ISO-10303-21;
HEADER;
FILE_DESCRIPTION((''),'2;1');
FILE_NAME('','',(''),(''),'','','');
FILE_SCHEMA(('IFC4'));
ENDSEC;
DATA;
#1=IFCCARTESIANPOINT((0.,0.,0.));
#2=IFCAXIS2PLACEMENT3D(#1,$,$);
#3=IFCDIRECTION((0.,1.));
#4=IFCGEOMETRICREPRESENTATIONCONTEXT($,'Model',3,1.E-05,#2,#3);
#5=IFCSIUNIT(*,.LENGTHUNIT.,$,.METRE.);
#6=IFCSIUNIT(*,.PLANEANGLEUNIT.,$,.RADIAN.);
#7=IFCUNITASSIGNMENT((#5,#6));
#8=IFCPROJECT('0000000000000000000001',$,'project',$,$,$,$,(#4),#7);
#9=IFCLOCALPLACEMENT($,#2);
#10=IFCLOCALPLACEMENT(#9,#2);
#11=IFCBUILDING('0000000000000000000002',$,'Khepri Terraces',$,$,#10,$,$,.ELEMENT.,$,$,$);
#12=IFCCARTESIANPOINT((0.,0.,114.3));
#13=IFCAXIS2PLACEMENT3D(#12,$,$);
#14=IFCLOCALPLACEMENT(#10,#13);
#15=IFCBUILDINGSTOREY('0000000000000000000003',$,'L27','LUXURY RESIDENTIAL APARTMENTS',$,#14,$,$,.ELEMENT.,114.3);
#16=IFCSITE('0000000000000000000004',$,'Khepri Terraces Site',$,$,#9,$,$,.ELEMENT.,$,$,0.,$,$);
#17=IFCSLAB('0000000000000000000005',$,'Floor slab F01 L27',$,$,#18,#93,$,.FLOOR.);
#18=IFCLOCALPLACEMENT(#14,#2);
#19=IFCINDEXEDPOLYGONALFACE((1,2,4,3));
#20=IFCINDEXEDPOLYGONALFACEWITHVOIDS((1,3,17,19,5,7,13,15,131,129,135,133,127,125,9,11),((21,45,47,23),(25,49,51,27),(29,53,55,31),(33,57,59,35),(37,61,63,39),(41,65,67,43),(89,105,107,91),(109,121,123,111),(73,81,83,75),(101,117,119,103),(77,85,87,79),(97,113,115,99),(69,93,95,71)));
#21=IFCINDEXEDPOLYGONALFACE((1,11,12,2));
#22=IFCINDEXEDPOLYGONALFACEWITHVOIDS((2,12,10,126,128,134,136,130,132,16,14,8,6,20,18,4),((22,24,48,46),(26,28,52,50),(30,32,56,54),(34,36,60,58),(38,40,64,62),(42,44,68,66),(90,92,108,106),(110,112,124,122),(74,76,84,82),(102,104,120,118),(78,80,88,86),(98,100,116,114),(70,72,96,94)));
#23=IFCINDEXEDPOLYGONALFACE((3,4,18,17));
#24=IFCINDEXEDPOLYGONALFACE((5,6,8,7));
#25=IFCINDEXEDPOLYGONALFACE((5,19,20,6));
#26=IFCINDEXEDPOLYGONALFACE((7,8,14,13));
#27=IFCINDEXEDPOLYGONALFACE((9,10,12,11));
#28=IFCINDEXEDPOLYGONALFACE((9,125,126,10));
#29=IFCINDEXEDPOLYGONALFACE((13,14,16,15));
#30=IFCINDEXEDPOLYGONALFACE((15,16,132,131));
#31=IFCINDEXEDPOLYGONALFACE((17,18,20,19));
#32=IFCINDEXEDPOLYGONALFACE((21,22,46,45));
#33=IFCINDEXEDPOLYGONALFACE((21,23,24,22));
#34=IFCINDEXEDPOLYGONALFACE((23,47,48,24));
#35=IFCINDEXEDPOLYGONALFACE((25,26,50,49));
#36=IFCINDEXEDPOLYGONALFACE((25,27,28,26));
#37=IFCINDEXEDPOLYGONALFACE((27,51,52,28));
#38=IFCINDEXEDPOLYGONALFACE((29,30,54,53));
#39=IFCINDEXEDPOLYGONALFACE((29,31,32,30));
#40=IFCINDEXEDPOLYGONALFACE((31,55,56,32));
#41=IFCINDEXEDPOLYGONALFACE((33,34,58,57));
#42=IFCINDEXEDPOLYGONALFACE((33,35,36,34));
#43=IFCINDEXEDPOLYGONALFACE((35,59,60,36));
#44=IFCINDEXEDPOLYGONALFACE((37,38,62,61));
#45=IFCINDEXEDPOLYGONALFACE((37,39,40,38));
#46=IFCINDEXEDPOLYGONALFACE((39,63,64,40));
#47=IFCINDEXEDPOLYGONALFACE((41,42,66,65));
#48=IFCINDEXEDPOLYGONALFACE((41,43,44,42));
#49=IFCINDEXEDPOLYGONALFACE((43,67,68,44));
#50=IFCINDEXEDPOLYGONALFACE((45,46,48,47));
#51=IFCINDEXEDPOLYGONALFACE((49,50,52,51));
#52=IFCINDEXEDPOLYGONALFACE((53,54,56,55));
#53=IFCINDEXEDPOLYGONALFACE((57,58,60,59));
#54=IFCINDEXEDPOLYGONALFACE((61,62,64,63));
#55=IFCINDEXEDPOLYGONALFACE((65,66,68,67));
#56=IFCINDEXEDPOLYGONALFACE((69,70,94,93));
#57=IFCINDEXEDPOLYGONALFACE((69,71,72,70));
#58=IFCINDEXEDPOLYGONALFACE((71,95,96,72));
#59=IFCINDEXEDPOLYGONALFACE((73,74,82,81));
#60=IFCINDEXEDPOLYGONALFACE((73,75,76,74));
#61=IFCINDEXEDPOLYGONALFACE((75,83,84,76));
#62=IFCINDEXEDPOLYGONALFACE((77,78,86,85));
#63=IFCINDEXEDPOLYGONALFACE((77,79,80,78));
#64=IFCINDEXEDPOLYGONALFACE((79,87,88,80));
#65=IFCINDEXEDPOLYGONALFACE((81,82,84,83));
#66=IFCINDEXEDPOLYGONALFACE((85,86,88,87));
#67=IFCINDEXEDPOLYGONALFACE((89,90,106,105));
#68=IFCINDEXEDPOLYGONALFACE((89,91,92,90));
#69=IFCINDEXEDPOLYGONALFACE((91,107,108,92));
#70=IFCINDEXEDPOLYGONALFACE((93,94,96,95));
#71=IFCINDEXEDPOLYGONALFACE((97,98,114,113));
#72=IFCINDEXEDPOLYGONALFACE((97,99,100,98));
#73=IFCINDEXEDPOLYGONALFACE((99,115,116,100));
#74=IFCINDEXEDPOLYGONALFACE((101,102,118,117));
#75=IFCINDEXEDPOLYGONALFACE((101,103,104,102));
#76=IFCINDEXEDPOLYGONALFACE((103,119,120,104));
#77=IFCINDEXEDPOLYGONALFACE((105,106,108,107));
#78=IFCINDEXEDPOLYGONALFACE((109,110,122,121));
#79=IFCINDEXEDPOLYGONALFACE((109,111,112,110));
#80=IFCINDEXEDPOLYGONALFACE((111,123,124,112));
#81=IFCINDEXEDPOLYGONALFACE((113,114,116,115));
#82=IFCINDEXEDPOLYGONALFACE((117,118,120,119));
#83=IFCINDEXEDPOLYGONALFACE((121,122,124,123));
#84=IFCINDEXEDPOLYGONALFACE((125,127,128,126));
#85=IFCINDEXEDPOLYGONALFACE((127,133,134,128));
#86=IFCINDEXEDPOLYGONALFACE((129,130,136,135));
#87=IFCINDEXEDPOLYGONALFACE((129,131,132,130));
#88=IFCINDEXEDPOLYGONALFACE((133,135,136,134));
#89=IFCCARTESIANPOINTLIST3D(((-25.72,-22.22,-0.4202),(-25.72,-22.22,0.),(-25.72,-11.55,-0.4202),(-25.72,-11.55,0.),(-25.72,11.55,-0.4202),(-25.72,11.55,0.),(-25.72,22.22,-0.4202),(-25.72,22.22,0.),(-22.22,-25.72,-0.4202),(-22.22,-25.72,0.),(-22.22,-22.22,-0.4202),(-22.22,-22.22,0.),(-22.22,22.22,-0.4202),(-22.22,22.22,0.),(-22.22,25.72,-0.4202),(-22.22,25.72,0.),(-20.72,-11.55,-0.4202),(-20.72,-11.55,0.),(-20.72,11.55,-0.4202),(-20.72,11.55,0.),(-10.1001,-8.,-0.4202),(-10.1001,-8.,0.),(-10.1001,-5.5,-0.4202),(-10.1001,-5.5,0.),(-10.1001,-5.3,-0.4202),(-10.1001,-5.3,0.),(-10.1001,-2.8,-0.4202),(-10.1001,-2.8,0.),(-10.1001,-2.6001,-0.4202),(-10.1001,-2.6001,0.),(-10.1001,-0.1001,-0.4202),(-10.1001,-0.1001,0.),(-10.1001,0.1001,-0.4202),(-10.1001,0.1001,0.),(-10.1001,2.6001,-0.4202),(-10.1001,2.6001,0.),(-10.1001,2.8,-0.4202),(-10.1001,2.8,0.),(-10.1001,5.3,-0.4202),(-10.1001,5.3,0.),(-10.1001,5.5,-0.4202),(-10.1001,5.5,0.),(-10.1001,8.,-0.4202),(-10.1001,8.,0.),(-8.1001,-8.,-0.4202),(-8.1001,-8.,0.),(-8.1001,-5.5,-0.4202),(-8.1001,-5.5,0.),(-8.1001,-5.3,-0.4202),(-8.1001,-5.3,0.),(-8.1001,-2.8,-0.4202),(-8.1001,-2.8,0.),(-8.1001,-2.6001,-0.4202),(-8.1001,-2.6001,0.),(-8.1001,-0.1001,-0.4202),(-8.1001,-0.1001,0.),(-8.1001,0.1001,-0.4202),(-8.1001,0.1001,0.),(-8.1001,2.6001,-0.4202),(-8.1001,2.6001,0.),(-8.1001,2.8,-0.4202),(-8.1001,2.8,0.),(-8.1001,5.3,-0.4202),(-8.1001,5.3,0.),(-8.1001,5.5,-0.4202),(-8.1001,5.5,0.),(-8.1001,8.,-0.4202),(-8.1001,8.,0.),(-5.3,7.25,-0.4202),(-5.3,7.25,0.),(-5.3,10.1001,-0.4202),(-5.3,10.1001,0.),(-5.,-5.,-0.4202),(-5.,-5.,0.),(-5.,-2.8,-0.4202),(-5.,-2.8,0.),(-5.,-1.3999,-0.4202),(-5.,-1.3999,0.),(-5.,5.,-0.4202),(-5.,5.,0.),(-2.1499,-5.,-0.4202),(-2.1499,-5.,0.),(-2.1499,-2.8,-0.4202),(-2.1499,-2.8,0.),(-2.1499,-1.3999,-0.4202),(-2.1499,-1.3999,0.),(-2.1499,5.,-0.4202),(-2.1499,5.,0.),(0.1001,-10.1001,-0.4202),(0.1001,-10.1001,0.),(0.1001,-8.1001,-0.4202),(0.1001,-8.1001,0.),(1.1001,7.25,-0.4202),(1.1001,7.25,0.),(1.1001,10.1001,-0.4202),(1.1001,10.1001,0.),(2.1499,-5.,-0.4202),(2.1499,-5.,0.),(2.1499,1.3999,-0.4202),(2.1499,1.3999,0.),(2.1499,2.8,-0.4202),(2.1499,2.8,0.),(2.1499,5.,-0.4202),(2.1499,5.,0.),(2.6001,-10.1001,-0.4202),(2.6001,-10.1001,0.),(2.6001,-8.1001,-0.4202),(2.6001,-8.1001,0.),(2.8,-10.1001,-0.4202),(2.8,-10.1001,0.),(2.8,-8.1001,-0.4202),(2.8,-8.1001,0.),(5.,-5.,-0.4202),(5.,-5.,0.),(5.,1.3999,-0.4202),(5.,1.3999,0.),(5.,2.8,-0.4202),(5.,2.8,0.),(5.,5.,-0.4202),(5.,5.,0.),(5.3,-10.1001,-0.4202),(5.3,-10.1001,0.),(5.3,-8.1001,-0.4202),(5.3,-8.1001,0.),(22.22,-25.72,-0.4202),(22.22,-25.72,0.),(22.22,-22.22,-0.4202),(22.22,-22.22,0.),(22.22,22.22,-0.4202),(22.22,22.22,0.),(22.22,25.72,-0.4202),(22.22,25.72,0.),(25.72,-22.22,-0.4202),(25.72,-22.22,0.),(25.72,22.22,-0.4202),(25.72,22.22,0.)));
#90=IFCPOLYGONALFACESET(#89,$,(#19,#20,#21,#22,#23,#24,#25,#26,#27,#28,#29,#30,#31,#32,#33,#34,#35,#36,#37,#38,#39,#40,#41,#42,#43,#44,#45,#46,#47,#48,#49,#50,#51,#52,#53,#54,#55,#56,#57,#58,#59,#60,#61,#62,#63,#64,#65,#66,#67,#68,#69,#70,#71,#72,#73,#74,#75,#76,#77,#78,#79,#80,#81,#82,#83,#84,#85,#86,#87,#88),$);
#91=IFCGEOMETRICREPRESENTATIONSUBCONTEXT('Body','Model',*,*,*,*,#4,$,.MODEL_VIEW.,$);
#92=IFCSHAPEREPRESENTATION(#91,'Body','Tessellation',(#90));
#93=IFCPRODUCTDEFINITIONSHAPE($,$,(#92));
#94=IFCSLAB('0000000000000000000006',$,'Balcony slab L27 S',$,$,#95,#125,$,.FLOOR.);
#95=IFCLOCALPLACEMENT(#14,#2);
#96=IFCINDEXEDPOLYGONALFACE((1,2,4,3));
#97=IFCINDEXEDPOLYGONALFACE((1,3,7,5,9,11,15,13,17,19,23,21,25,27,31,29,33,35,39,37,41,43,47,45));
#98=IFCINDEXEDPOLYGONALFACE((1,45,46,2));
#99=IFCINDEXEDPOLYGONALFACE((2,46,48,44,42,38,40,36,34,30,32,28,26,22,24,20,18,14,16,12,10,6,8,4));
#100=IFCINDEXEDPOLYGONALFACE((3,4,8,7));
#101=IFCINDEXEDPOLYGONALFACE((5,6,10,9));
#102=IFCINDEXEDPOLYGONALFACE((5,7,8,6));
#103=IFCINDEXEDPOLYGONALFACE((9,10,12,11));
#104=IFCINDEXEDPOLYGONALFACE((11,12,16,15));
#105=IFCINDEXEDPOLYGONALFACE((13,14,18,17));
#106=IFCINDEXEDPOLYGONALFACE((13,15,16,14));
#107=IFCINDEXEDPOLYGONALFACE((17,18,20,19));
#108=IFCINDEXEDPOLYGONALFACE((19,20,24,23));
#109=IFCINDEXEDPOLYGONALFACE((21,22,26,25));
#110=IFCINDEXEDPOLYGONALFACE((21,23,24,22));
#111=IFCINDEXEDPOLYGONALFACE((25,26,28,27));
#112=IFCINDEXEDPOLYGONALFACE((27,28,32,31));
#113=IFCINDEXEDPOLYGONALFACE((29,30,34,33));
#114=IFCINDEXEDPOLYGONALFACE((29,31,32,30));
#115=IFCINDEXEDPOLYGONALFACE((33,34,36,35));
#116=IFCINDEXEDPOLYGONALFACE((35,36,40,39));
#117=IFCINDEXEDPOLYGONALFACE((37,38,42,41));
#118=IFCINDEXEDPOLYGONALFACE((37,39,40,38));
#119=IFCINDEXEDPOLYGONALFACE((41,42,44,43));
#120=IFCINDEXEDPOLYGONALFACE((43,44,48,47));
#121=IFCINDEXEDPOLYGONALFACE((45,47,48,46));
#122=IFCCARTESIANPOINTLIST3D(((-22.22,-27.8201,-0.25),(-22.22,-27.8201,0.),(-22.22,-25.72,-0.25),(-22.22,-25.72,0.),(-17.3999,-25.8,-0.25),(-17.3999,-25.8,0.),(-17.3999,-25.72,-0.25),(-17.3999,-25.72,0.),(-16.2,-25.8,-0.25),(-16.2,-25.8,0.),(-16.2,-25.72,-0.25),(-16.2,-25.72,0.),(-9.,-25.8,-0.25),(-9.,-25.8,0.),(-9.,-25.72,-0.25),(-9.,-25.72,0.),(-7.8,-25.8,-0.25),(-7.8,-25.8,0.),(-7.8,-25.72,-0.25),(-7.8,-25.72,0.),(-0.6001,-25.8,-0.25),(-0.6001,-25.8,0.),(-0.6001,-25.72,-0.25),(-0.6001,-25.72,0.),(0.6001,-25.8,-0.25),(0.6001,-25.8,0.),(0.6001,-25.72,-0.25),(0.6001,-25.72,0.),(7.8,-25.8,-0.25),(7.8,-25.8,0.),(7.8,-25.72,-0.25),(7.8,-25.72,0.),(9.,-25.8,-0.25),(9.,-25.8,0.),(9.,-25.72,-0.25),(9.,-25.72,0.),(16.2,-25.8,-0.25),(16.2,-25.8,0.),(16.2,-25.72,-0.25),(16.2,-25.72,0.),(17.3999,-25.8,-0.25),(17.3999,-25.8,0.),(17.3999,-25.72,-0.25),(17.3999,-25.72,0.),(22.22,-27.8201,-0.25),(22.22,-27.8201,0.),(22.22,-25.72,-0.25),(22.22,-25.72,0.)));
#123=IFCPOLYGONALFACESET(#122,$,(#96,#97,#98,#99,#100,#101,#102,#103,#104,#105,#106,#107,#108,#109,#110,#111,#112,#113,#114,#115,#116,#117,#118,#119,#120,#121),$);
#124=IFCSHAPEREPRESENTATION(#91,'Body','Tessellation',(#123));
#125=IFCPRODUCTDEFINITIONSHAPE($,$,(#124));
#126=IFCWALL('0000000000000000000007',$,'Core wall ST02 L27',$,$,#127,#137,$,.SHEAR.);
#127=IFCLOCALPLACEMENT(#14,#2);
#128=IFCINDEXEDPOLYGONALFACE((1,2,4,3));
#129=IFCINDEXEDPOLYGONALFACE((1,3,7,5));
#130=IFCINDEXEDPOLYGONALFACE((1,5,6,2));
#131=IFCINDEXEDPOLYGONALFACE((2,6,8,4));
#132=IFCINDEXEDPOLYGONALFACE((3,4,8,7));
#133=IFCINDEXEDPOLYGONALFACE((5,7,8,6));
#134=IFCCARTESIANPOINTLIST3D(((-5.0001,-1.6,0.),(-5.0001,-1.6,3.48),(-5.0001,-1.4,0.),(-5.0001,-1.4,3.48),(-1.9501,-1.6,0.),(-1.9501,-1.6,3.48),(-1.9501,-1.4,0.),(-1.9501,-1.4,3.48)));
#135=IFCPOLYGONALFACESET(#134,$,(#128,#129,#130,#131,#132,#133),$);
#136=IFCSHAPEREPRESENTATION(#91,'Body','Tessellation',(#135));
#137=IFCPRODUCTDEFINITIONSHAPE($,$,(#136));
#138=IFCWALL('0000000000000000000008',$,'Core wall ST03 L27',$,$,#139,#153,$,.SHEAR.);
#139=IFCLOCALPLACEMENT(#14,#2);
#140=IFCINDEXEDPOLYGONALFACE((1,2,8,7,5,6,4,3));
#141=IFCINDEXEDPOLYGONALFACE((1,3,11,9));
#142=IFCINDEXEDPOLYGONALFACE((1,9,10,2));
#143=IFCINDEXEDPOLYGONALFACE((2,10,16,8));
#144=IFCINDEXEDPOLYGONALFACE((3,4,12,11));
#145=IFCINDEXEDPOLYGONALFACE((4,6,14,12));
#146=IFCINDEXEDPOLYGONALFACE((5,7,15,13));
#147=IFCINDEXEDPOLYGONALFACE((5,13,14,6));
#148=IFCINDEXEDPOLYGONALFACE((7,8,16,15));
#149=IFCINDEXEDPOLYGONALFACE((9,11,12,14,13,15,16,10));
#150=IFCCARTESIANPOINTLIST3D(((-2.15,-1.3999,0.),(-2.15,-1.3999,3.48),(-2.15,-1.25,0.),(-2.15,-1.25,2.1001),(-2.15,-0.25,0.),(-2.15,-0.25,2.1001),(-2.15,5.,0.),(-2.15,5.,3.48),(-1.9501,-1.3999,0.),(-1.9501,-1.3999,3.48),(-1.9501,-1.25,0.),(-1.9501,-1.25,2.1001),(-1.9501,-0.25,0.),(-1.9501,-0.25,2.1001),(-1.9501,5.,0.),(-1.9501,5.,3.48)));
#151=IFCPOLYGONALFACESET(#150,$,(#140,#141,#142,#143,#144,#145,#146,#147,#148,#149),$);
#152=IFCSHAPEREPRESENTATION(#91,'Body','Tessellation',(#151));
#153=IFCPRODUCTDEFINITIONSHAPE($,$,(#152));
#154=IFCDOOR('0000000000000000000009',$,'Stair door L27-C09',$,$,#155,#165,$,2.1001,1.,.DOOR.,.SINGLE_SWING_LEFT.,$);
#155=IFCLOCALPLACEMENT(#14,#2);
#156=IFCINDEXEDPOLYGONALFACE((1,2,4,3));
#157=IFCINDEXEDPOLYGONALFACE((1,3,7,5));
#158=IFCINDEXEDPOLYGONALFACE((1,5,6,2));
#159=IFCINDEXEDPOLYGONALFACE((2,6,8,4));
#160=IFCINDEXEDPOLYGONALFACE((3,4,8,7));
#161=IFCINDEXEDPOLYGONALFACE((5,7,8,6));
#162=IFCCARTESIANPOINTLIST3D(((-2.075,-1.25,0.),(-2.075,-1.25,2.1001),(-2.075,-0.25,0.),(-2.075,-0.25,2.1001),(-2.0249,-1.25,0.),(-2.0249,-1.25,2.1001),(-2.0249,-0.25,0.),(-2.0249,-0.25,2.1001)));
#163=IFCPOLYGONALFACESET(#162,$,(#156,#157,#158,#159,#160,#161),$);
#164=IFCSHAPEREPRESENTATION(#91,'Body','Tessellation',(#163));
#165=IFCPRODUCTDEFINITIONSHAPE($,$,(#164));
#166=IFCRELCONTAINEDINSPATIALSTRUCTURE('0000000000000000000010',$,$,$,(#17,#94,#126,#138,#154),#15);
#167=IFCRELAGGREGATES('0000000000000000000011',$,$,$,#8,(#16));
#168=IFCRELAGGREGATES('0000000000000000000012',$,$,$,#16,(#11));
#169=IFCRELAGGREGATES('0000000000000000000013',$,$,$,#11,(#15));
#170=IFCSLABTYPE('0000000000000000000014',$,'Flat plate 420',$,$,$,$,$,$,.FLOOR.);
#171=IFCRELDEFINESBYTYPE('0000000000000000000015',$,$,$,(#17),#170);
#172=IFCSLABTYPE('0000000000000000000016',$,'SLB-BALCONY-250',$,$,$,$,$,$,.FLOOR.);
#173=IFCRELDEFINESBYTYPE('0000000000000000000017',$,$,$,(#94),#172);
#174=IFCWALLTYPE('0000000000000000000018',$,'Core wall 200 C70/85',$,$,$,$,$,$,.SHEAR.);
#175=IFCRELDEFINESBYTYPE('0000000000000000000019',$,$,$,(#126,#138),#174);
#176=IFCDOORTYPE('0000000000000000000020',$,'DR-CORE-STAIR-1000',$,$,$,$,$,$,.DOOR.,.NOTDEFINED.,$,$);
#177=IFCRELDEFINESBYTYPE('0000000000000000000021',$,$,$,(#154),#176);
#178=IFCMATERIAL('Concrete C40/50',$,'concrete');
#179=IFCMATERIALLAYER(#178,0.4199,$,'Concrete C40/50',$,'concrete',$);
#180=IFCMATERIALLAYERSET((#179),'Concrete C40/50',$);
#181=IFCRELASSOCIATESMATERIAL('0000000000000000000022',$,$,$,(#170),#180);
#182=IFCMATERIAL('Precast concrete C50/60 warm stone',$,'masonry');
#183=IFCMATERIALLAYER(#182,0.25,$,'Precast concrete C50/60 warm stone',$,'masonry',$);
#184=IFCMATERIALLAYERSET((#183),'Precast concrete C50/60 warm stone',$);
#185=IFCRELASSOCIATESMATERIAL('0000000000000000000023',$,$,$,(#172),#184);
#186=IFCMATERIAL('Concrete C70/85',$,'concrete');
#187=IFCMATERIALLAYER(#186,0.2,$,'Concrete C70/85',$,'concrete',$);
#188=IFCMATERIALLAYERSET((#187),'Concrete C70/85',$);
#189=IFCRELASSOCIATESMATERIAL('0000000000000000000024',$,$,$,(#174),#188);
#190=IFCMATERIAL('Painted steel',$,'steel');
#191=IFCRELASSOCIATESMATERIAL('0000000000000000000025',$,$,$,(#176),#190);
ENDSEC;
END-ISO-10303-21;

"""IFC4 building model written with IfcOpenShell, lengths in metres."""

from ifc_helpers import new_model, si_unit, direction, frame, frame_2d, origin, place, context, subcontext, project, spatial, polyline, rectangle, outline, extrude, material, layer, layer_set, type_object, element, fill, save


model = new_model("IFC4")

# Units and contexts
model_context = context("Model", 3, precision=1e-05, world=origin(), true_north=direction((0.0, 1.0)))
body_context = subcontext(model_context, "Body", "Model", "MODEL_VIEW")
ifc_project = project(units=[si_unit("LENGTHUNIT", "METRE"), si_unit("PLANEANGLEUNIT", "RADIAN")], contexts=[model_context])

# Site, building, storey
site_placement = place(None, origin())
site = spatial("IfcSite", under=ifc_project, at=site_placement, Name="Khepri Terraces Site", CompositionType="ELEMENT", RefElevation=0.0)
building_placement = place(site_placement, origin())
building = spatial("IfcBuilding", under=site, at=building_placement, Name="Khepri Terraces", CompositionType="ELEMENT")
storey_placement = place(building_placement, frame((0.0, 0.0, 114.3)))
storey = spatial("IfcBuildingStorey", under=building, at=storey_placement, Name="L27", Description="LUXURY RESIDENTIAL APARTMENTS", CompositionType="ELEMENT", Elevation=114.3)

# Slabs
ifc_material_1 = material(Name="Concrete C40/50", Category="concrete")
ifc_layer_1 = layer(ifc_material_1, 0.4199, Name="Concrete C40/50", Category="concrete")
ifc_layer_set_1 = layer_set([ifc_layer_1], Name="Concrete C40/50")
slab_type_1 = type_object("IfcSlabType", Name="Flat plate 420", PredefinedType="FLOOR", material=ifc_layer_set_1)
slab_1_placement = place(storey_placement, frame((0.0, 0.0, -0.4202)))
element("IfcSlab", 1, at=slab_1_placement, inside=storey, type_object=slab_type_1, Name="Floor slab F01 L27", PredefinedType="FLOOR", context=body_context, shape_type="SweptSolid", body=[
    extrude(outline(polyline([(22.22, 22.22), (25.72, 22.22), (25.72, -22.22), (22.22, -22.22), (22.22, -25.72), (-22.22, -25.72), (-22.22, -22.22), (-25.72, -22.22), (-25.72, -11.55), (-20.72, -11.55), (-20.72, 11.55), (-25.72, 11.55), (-25.72, 22.22), (-22.22, 22.22), (-22.22, 25.72), (22.22, 25.72), (22.22, 22.22)]), holes=[polyline([(5.0, 5.0), (2.1499, 5.0), (2.1499, 2.8), (5.0, 2.8), (5.0, 5.0)]), polyline([(-2.1499, -5.0), (-2.1499, -2.8), (-5.0, -2.8), (-5.0, -5.0), (-2.1499, -5.0)]), polyline([(-10.1001, -8.0), (-8.1001, -8.0), (-8.1001, -5.5), (-10.1001, -5.5), (-10.1001, -8.0)]), polyline([(-10.1001, -2.8), (-10.1001, -5.3), (-8.1001, -5.3), (-8.1001, -2.8), (-10.1001, -2.8)]), polyline([(-8.1001, -0.1001), (-10.1001, -0.1001), (-10.1001, -2.6001), (-8.1001, -2.6001), (-8.1001, -0.1001)]), polyline([(-8.1001, 0.1001), (-8.1001, 2.6001), (-10.1001, 2.6001), (-10.1001, 0.1001), (-8.1001, 0.1001)]), polyline([(-10.1001, 2.8), (-8.1001, 2.8), (-8.1001, 5.3), (-10.1001, 5.3), (-10.1001, 2.8)]), polyline([(-10.1001, 8.0), (-10.1001, 5.5), (-8.1001, 5.5), (-8.1001, 8.0), (-10.1001, 8.0)]), polyline([(2.6001, -8.1001), (0.1001, -8.1001), (0.1001, -10.1001), (2.6001, -10.1001), (2.6001, -8.1001)]), polyline([(5.3, -10.1001), (5.3, -8.1001), (2.8, -8.1001), (2.8, -10.1001), (5.3, -10.1001)]), polyline([(-5.0, -1.3999), (-2.1499, -1.3999), (-2.1499, 5.0), (-5.0, 5.0), (-5.0, -1.3999)]), polyline([(5.0, -5.0), (5.0, 1.3999), (2.1499, 1.3999), (2.1499, -5.0), (5.0, -5.0)]), polyline([(-5.3, 10.1001), (-5.3, 7.25), (1.1001, 7.25), (1.1001, 10.1001), (-5.3, 10.1001)])]), origin(), (0.0, 0.0, 1.0), 0.4202),
])
ifc_material_2 = material(Name="Precast concrete C50/60 warm stone", Category="masonry")
ifc_layer_2 = layer(ifc_material_2, 0.25, Name="Precast concrete C50/60 warm stone", Category="masonry")
ifc_layer_set_2 = layer_set([ifc_layer_2], Name="Precast concrete C50/60 warm stone")
slab_type_2 = type_object("IfcSlabType", Name="SLB-BALCONY-250", PredefinedType="FLOOR", material=ifc_layer_set_2)
slab_2_placement = place(storey_placement, frame((0.0, 0.0, -0.25)))
element("IfcSlab", 2, at=slab_2_placement, inside=storey, type_object=slab_type_2, Name="Balcony slab L27 S", PredefinedType="FLOOR", context=body_context, shape_type="SweptSolid", body=[
    extrude(outline(polyline([(-17.3999, -25.72), (-22.22, -25.72), (-22.22, -27.8201), (22.22, -27.8201), (22.22, -25.72), (17.3999, -25.72), (17.3999, -25.8), (16.2, -25.8), (16.2, -25.72), (9.0, -25.72), (9.0, -25.8), (7.8, -25.8), (7.8, -25.72), (0.6001, -25.72), (0.6001, -25.8), (-0.6001, -25.8), (-0.6001, -25.72), (-7.8, -25.72), (-7.8, -25.8), (-9.0, -25.8), (-9.0, -25.72), (-16.2, -25.72), (-16.2, -25.8), (-17.3999, -25.8), (-17.3999, -25.72)])), origin(), (0.0, 0.0, 1.0), 0.25),
])

# Wall
ifc_material_3 = material(Name="Concrete C70/85", Category="concrete")
ifc_layer_3 = layer(ifc_material_3, 0.2, Name="Concrete C70/85", Category="concrete")
ifc_layer_set_3 = layer_set([ifc_layer_3], Name="Concrete C70/85")
wall_type_1 = type_object("IfcWallType", Name="Core wall 200 C70/85", PredefinedType="SHEAR", material=ifc_layer_set_3)
wall_1_placement = place(storey_placement, frame((-5.0, -1.5, 0.0), z_axis=(0.0, 0.0, 1.0), x_axis=(1.0, 0.0, 0.0)))
element("IfcWall", 3, at=wall_1_placement, inside=storey, type_object=wall_type_1, Name="Core wall ST02 L27", PredefinedType="SHEAR", context=body_context, shape_type="SweptSolid", body=[
    extrude(rectangle(XDim=3.05, YDim=0.2, at=frame_2d((1.5249, 0.0))), origin(), (0.0, 0.0, 1.0), 3.48),
])

# Wall, opening, door
wall_2_placement = place(storey_placement, frame((-2.05, -1.3999, 0.0), z_axis=(0.0, 0.0, 1.0), x_axis=(0.0, 1.0, 0.0)))
wall_2 = element("IfcWall", 4, at=wall_2_placement, inside=storey, type_object=wall_type_1, Name="Core wall ST03 L27", PredefinedType="SHEAR", context=body_context, shape_type="SweptSolid", body=[
    extrude(rectangle(XDim=6.3999, YDim=0.2, at=frame_2d((3.2, 0.0))), origin(), (0.0, 0.0, 1.0), 3.48),
])
opening_1_placement = place(wall_2_placement, frame((0.1499, 0.0, 0.0)))
opening_1 = element("IfcOpeningElement", 5, at=opening_1_placement, cuts=wall_2, PredefinedType="OPENING", context=body_context, shape_type="SweptSolid", body=[
    extrude(rectangle(XDim=1.0, YDim=2.1001, at=frame_2d((0.5, 1.05))), frame((0.0, 0.1099, 0.0), z_axis=(0.0, -1.0, 0.0), x_axis=(1.0, 0.0, 0.0)), (0.0, 0.0, 1.0), 0.22),
])
ifc_material_4 = material(Name="Painted steel", Category="steel")
door_type_1 = type_object("IfcDoorType", Name="DR-CORE-STAIR-1000", OperationType="NOTDEFINED", PredefinedType="DOOR", material=ifc_material_4)
door_1_placement = place(opening_1_placement, origin())
door_1 = element("IfcDoor", 6, at=door_1_placement, inside=storey, type_object=door_type_1, Name="Stair door L27-C09", OperationType="SINGLE_SWING_LEFT", OverallHeight=2.1001, OverallWidth=1.0, PredefinedType="DOOR", context=body_context, shape_type="SweptSolid", body=[
    extrude(rectangle(XDim=1.0, YDim=2.1001, at=frame_2d((0.5, 1.05))), frame((0.0, 0.0249, 0.0), z_axis=(0.0, -1.0, 0.0), x_axis=(1.0, 0.0, 0.0)), (0.0, 0.0, 1.0), 0.05),
])
fill(opening_1, door_1)

save(model, "model.ifc")
